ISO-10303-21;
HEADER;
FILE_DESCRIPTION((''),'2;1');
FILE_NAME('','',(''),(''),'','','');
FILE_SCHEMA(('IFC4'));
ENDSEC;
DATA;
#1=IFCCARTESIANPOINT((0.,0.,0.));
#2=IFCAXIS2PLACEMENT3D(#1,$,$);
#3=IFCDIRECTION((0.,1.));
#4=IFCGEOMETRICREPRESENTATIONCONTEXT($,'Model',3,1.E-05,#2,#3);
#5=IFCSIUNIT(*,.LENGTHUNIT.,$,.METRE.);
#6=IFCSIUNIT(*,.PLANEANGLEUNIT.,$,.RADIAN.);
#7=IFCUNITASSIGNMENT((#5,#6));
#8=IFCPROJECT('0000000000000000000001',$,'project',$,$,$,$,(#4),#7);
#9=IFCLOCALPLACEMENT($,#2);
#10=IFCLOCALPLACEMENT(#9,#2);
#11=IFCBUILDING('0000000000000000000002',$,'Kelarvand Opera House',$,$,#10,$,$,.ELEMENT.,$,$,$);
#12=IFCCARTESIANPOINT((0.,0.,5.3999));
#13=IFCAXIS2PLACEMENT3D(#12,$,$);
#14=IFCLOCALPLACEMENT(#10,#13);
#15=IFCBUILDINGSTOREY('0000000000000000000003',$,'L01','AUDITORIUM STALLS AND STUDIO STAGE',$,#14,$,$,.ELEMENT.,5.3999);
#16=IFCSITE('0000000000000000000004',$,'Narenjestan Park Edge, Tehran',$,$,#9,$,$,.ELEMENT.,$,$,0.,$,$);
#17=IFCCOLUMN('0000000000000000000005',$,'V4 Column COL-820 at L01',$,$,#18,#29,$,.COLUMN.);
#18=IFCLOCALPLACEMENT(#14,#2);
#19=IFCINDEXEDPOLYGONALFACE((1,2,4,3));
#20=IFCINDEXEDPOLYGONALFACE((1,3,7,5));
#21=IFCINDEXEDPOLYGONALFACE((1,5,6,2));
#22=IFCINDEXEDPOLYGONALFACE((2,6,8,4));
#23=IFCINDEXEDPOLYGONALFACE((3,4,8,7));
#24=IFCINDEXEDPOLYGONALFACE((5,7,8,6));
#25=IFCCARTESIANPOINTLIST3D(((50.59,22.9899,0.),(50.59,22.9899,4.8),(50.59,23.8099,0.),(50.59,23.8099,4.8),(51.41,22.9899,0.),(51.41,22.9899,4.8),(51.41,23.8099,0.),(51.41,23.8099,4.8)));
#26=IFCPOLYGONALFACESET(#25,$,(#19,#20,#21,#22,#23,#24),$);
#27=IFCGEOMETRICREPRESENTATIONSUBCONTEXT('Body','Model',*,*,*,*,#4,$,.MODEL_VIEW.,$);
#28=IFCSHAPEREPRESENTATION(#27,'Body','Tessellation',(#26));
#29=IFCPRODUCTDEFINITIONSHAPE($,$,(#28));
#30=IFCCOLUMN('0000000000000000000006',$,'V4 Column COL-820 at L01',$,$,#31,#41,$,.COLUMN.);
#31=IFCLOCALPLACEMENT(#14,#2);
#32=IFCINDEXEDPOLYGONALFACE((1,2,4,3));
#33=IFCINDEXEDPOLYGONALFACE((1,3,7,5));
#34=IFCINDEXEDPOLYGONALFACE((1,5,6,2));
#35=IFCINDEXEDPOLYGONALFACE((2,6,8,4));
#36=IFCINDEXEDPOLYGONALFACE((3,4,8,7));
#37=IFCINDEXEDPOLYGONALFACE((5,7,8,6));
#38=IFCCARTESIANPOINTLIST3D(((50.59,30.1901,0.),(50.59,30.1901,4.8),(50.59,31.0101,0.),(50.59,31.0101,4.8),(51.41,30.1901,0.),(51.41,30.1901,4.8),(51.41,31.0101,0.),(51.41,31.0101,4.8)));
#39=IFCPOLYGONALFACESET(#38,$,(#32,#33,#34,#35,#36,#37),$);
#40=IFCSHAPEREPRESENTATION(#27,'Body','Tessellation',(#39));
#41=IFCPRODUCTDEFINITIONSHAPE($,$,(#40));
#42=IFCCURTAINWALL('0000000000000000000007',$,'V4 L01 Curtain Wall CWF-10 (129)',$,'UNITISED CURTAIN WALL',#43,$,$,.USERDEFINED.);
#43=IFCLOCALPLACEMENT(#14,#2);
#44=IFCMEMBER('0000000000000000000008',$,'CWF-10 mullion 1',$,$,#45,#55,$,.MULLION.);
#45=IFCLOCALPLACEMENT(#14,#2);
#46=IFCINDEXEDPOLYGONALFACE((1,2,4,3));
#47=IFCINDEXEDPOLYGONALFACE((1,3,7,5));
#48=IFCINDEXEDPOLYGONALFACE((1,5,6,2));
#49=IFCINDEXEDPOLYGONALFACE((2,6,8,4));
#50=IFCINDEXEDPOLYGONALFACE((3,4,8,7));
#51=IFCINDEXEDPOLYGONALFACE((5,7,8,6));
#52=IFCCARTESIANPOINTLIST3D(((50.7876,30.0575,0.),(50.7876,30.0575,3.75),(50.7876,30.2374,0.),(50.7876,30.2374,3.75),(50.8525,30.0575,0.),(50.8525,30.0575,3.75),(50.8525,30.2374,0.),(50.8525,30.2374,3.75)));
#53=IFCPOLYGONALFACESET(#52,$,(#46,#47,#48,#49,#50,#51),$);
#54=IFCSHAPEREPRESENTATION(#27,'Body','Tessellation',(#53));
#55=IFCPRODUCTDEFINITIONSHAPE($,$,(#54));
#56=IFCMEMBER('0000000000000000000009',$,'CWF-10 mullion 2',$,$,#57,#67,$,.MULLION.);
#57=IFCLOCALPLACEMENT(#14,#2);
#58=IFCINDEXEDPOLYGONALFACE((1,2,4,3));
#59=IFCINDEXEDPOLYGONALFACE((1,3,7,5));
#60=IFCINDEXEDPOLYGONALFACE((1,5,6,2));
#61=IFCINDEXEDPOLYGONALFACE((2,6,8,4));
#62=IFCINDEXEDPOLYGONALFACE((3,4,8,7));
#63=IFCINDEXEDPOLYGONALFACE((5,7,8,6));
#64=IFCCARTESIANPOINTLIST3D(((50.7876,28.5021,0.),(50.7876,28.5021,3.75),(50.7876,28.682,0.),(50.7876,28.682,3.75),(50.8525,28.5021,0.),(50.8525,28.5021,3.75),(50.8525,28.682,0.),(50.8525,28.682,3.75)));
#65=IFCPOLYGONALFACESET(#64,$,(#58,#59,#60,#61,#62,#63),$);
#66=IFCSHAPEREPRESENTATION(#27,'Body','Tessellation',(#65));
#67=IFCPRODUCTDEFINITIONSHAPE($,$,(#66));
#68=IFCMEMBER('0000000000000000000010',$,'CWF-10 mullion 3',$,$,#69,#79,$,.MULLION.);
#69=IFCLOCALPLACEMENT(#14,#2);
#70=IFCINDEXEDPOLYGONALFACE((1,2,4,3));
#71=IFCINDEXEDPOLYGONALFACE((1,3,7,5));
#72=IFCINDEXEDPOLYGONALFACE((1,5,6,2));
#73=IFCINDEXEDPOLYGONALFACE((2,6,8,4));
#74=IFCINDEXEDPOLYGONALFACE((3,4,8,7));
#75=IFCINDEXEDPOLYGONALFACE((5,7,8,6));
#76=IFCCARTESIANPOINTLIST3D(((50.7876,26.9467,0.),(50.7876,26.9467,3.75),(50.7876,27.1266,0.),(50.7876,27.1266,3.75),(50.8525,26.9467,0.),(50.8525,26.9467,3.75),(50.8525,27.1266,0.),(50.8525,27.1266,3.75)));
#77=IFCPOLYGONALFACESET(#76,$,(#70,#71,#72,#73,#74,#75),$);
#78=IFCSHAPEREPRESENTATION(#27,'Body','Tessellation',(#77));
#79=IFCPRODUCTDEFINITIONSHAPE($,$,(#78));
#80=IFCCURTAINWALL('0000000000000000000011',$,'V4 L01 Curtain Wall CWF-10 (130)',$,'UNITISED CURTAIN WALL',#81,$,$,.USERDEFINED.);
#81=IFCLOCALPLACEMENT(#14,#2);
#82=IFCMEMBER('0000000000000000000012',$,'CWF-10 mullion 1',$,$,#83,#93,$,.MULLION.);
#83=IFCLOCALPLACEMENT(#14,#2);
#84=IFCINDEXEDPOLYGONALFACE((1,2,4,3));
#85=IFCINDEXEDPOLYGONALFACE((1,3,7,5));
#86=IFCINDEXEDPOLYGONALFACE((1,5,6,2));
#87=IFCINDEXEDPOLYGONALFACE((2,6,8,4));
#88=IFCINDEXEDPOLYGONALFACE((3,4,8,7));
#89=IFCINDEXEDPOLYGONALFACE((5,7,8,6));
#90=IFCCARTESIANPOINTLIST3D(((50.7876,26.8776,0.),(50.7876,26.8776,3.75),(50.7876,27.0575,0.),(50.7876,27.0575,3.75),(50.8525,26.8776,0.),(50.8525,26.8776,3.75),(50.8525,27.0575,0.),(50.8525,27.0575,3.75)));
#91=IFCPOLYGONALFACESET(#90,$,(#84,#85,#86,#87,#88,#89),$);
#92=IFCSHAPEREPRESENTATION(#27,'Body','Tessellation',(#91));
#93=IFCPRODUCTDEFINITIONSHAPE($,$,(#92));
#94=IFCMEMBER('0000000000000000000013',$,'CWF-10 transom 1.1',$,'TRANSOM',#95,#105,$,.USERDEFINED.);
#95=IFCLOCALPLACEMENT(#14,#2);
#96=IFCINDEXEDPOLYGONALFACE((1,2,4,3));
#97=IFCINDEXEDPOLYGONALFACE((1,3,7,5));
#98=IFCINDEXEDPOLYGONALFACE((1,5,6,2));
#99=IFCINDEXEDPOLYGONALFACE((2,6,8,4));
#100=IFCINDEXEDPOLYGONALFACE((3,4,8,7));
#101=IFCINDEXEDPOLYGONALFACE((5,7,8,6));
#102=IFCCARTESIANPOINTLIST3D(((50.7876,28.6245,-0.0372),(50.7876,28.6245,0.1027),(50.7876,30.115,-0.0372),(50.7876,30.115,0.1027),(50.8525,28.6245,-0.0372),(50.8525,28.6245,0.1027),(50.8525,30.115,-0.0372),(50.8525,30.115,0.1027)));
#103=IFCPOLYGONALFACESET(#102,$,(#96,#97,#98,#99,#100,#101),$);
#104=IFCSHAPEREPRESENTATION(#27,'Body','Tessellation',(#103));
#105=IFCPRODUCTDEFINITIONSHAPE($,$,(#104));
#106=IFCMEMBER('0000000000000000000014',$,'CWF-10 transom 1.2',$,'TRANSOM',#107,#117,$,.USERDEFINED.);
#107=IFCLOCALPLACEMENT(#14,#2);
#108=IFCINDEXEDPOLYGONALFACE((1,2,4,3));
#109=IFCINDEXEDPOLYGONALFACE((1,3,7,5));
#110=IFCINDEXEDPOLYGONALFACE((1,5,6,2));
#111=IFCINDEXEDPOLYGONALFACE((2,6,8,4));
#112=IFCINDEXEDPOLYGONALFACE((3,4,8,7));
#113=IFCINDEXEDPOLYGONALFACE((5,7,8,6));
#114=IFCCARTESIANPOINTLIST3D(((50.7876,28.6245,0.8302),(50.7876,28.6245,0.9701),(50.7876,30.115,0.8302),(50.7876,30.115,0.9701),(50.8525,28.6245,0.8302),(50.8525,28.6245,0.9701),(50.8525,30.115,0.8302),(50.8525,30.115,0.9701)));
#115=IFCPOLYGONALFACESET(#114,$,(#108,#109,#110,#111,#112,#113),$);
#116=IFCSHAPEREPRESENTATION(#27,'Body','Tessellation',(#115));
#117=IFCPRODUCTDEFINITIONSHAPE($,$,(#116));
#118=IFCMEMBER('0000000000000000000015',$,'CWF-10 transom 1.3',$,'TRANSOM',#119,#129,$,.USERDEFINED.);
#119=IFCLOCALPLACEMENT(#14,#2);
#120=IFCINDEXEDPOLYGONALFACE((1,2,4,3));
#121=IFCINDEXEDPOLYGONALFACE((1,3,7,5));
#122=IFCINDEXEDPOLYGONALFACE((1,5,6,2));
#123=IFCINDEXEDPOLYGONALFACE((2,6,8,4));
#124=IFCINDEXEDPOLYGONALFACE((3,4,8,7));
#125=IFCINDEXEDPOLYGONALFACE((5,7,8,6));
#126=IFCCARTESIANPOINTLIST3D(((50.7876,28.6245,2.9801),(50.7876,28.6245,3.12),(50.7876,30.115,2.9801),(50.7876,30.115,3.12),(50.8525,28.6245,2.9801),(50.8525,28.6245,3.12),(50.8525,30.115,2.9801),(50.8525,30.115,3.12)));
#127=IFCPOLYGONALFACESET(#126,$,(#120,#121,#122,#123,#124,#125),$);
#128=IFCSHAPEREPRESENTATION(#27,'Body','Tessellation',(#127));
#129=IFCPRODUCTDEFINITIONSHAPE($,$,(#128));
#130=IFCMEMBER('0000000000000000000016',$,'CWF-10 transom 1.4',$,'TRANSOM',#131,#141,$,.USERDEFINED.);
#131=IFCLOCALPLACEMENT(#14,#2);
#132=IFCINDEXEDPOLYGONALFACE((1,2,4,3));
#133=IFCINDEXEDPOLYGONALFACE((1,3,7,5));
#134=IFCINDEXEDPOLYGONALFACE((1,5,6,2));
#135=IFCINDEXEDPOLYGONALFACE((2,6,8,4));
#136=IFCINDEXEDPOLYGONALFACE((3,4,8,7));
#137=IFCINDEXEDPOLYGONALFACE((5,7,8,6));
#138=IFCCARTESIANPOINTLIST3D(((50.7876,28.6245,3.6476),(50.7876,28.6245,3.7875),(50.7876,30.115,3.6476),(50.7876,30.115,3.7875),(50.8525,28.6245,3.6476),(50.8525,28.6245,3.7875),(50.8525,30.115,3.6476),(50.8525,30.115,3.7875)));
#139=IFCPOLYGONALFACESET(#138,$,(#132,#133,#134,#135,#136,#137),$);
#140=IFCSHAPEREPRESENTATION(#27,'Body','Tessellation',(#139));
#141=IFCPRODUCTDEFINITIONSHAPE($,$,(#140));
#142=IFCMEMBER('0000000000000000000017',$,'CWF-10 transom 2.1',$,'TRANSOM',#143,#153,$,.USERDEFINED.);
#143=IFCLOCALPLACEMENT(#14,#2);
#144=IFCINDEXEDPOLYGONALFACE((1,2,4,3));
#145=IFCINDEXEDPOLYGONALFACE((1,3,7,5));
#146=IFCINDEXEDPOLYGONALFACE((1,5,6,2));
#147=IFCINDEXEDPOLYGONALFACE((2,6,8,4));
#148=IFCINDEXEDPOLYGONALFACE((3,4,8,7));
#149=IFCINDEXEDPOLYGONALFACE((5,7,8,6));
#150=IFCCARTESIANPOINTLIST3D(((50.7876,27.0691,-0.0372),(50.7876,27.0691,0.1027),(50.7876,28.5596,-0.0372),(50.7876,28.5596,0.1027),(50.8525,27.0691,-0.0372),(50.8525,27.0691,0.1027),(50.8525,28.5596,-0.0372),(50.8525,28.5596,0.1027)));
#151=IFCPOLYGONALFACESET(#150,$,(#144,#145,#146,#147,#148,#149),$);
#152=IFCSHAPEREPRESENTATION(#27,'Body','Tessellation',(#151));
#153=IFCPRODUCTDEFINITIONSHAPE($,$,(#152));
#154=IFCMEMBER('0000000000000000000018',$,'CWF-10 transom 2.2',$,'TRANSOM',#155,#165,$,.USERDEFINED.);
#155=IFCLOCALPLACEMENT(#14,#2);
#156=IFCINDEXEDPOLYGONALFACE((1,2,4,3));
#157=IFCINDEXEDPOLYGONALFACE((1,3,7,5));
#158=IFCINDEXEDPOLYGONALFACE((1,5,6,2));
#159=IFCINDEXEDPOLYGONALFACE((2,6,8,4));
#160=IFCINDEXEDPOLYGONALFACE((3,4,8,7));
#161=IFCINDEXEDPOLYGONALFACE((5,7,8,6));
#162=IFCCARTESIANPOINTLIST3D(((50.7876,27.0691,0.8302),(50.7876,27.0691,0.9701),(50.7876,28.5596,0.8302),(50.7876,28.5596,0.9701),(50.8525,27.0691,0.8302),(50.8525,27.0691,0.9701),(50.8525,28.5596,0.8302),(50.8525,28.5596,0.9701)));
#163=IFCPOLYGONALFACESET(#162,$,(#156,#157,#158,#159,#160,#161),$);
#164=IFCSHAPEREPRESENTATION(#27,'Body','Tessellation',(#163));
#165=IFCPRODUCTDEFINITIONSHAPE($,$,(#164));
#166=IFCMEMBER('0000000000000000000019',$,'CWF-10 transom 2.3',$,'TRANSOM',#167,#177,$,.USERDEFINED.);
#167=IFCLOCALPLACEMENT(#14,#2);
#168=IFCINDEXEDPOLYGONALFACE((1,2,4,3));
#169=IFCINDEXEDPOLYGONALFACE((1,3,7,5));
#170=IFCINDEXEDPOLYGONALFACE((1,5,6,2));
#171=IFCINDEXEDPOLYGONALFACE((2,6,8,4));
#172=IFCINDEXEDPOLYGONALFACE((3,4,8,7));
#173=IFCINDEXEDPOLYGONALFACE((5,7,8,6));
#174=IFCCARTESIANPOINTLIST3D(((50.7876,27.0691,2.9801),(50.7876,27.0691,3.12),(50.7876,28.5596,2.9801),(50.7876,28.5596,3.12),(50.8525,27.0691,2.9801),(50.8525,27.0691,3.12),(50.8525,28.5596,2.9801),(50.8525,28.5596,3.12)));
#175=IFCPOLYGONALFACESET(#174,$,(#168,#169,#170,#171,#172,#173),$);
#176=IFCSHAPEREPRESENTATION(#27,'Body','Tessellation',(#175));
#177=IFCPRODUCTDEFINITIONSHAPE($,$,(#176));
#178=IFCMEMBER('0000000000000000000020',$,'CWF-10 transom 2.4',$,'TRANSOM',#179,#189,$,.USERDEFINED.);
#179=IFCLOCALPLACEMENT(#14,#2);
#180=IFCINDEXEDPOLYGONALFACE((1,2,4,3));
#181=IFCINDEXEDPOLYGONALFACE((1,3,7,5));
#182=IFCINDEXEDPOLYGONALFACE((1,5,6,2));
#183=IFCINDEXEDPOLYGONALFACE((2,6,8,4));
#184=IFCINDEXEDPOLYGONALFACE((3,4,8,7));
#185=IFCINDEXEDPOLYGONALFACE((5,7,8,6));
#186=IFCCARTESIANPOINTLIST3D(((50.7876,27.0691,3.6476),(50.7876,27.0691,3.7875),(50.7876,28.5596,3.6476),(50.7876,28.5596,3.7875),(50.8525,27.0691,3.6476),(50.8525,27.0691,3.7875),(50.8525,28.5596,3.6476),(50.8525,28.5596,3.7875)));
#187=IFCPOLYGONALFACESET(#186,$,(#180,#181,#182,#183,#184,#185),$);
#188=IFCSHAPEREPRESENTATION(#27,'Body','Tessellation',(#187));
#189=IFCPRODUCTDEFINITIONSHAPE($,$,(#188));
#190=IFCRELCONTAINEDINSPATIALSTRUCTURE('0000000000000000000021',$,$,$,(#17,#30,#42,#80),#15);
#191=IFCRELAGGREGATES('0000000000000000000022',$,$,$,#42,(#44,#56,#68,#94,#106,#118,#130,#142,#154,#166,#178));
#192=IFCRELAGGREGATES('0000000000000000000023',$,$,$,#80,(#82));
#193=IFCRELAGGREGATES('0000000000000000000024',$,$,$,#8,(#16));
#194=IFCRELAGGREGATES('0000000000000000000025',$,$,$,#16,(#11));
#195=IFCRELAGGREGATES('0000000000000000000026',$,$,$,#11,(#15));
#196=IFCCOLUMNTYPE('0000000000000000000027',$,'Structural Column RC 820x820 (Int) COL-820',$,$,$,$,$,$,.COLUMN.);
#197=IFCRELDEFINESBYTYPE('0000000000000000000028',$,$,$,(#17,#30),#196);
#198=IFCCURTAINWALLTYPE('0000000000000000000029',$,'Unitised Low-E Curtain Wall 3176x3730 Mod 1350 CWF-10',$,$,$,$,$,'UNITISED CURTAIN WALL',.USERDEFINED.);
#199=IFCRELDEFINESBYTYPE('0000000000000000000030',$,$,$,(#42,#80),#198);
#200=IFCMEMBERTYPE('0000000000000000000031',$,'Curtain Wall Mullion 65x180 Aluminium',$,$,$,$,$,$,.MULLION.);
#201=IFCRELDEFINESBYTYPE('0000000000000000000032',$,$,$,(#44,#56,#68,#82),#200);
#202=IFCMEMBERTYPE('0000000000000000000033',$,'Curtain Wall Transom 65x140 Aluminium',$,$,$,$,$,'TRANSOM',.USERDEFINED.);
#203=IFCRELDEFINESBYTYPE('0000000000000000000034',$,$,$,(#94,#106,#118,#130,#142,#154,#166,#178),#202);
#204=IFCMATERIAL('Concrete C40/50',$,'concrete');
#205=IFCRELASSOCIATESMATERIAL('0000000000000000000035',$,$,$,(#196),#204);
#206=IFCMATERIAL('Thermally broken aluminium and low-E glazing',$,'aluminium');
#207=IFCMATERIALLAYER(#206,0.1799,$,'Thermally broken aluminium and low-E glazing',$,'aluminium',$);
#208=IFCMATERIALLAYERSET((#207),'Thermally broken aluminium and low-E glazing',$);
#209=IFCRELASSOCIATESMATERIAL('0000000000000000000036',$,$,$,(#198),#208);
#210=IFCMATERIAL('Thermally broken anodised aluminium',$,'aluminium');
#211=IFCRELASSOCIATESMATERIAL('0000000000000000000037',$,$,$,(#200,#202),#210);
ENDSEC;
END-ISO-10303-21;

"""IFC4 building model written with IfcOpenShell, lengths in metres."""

from ifc_helpers import new_model, si_unit, direction, frame, origin, origin_2d, place, context, subcontext, project, spatial, rectangle, extrude, material, layer, layer_set, material_profile, profile_set, type_object, element, aggregate, save


model = new_model("IFC4")

# Units and contexts
model_context = context("Model", 3, precision=1e-05, world=origin(), true_north=direction((0.0, 1.0)))
body_context = subcontext(model_context, "Body", "Model", "MODEL_VIEW")
ifc_project = project(units=[si_unit("LENGTHUNIT", "METRE"), si_unit("PLANEANGLEUNIT", "RADIAN")], contexts=[model_context])

# Site, building, storey
site_placement = place(None, origin())
site = spatial("IfcSite", under=ifc_project, at=site_placement, Name="Narenjestan Park Edge, Tehran", CompositionType="ELEMENT", RefElevation=0.0)
building_placement = place(site_placement, origin())
building = spatial("IfcBuilding", under=site, at=building_placement, Name="Kelarvand Opera House", CompositionType="ELEMENT")
storey_placement = place(building_placement, frame((0.0, 0.0, 5.3999)))
storey = spatial("IfcBuildingStorey", under=building, at=storey_placement, Name="L01", Description="AUDITORIUM STALLS AND STUDIO STAGE", CompositionType="ELEMENT", Elevation=5.3999)

# Columns
ifc_material_1 = material(Name="Concrete C40/50", Category="concrete")
ifc_material_profile_1 = material_profile(ifc_material_1, rectangle(XDim=0.8201, YDim=0.8201, at=origin_2d()), Name="RC 820x820", Category="concrete")
ifc_profile_set_1 = profile_set([ifc_material_profile_1], Name="Concrete C40/50")
column_type = type_object("IfcColumnType", Name="Structural Column RC 820x820 (Int) COL-820", PredefinedType="COLUMN", material=ifc_profile_set_1)
for number, where, z_axis, x_axis, name in (
    (1, (51.0, 23.3999, 0.0), (0.0, 0.0, 1.0), (1.0, 0.0, 0.0), "V4 Column COL-820 at L01"),
    (2, (51.0, 30.6001, 0.0), (0.0, 0.0, 1.0), (1.0, 0.0, 0.0), "V4 Column COL-820 at L01"),
):
    element("IfcColumn", number, at=place(storey_placement, frame(where, z_axis=z_axis, x_axis=x_axis)), inside=storey, type_object=column_type, Name=name, PredefinedType="COLUMN", context=body_context, shape_type="SweptSolid", body=[
        extrude(rectangle(XDim=0.8201, YDim=0.8201, at=origin_2d()), origin(), (0.0, 0.0, 1.0), 4.8),
    ])

# Curtain wall, members
ifc_material_2 = material(Name="Thermally broken aluminium and low-E glazing", Category="aluminium")
ifc_layer_1 = layer(ifc_material_2, 0.1799, Name="Thermally broken aluminium and low-E glazing", Category="aluminium")
ifc_layer_set_1 = layer_set([ifc_layer_1], Name="Thermally broken aluminium and low-E glazing")
curtain_wall_type = type_object("IfcCurtainWallType", Name="Unitised Low-E Curtain Wall 3176x3730 Mod 1350 CWF-10", ElementType="UNITISED CURTAIN WALL", PredefinedType="USERDEFINED", material=ifc_layer_set_1)
curtain_wall_1_placement = place(storey_placement, origin())
curtain_wall_1 = element("IfcCurtainWall", 3, at=curtain_wall_1_placement, inside=storey, type_object=curtain_wall_type, Name="V4 L01 Curtain Wall CWF-10 (129)", ObjectType="UNITISED CURTAIN WALL", PredefinedType="USERDEFINED")
ifc_material_3 = material(Name="Thermally broken anodised aluminium", Category="aluminium")
ifc_material_profile_2 = material_profile(ifc_material_3, rectangle(XDim=0.0649, YDim=0.1799, at=origin_2d()), Name="ALU MULLION 65x180", Category="aluminium")
ifc_profile_set_2 = profile_set([ifc_material_profile_2], Name="Thermally broken anodised aluminium")
member_type_1 = type_object("IfcMemberType", Name="Curtain Wall Mullion 65x180 Aluminium", PredefinedType="MULLION", material=ifc_profile_set_2)
member_1_placement = place(storey_placement, frame((50.8201, 30.1475, 0.0), z_axis=(0.0, 0.0, 1.0), x_axis=(1.0, 0.0, 0.0)))
member_1 = element("IfcMember", 4, at=member_1_placement, type_object=member_type_1, Name="CWF-10 mullion 1", PredefinedType="MULLION", context=body_context, shape_type="SweptSolid", body=[
    extrude(rectangle(XDim=0.0649, YDim=0.1799, at=origin_2d()), origin(), (0.0, 0.0, 1.0), 3.75),
])
member_2_placement = place(storey_placement, frame((50.8201, 28.592, 0.0), z_axis=(0.0, 0.0, 1.0), x_axis=(1.0, 0.0, 0.0)))
member_2 = element("IfcMember", 5, at=member_2_placement, type_object=member_type_1, Name="CWF-10 mullion 2", PredefinedType="MULLION", context=body_context, shape_type="SweptSolid", body=[
    extrude(rectangle(XDim=0.0649, YDim=0.1799, at=origin_2d()), origin(), (0.0, 0.0, 1.0), 3.75),
])
member_3_placement = place(storey_placement, frame((50.8201, 27.0366, 0.0), z_axis=(0.0, 0.0, 1.0), x_axis=(1.0, 0.0, 0.0)))
member_3 = element("IfcMember", 6, at=member_3_placement, type_object=member_type_1, Name="CWF-10 mullion 3", PredefinedType="MULLION", context=body_context, shape_type="SweptSolid", body=[
    extrude(rectangle(XDim=0.0649, YDim=0.1799, at=origin_2d()), origin(), (0.0, 0.0, 1.0), 3.75),
])

# Curtain wall, member
curtain_wall_2_placement = place(storey_placement, origin())
curtain_wall_2 = element("IfcCurtainWall", 7, at=curtain_wall_2_placement, inside=storey, type_object=curtain_wall_type, Name="V4 L01 Curtain Wall CWF-10 (130)", ObjectType="UNITISED CURTAIN WALL", PredefinedType="USERDEFINED")
member_4_placement = place(storey_placement, frame((50.8201, 26.9675, 0.0), z_axis=(0.0, 0.0, 1.0), x_axis=(1.0, 0.0, 0.0)))
member_4 = element("IfcMember", 8, at=member_4_placement, type_object=member_type_1, Name="CWF-10 mullion 1", PredefinedType="MULLION", context=body_context, shape_type="SweptSolid", body=[
    extrude(rectangle(XDim=0.0649, YDim=0.1799, at=origin_2d()), origin(), (0.0, 0.0, 1.0), 3.75),
])

# Members
ifc_material_profile_3 = material_profile(ifc_material_3, rectangle(XDim=0.0649, YDim=0.1399, at=origin_2d()), Name="ALU TRANSOM 65x140", Category="aluminium")
ifc_profile_set_3 = profile_set([ifc_material_profile_3], Name="Thermally broken anodised aluminium")
member_type_2 = type_object("IfcMemberType", Name="Curtain Wall Transom 65x140 Aluminium", ElementType="TRANSOM", PredefinedType="USERDEFINED", material=ifc_profile_set_3)
member_5_placement = place(storey_placement, frame((50.8201, 30.115, 0.0327), z_axis=(0.0, -1.0, 0.0), x_axis=(1.0, 0.0, 0.0)))
member_5 = element("IfcMember", 9, at=member_5_placement, type_object=member_type_2, Name="CWF-10 transom 1.1", ObjectType="TRANSOM", PredefinedType="USERDEFINED", context=body_context, shape_type="SweptSolid", body=[
    extrude(rectangle(XDim=0.0649, YDim=0.1399, at=origin_2d()), origin(), (0.0, 0.0, 1.0), 1.4905),
])
member_6_placement = place(storey_placement, frame((50.8201, 30.115, 0.9001), z_axis=(0.0, -1.0, 0.0), x_axis=(1.0, 0.0, 0.0)))
member_6 = element("IfcMember", 10, at=member_6_placement, type_object=member_type_2, Name="CWF-10 transom 1.2", ObjectType="TRANSOM", PredefinedType="USERDEFINED", context=body_context, shape_type="SweptSolid", body=[
    extrude(rectangle(XDim=0.0649, YDim=0.1399, at=origin_2d()), origin(), (0.0, 0.0, 1.0), 1.4905),
])
member_7_placement = place(storey_placement, frame((50.8201, 30.115, 3.05), z_axis=(0.0, -1.0, 0.0), x_axis=(1.0, 0.0, 0.0)))
member_7 = element("IfcMember", 11, at=member_7_placement, type_object=member_type_2, Name="CWF-10 transom 1.3", ObjectType="TRANSOM", PredefinedType="USERDEFINED", context=body_context, shape_type="SweptSolid", body=[
    extrude(rectangle(XDim=0.0649, YDim=0.1399, at=origin_2d()), origin(), (0.0, 0.0, 1.0), 1.4905),
])
member_8_placement = place(storey_placement, frame((50.8201, 30.115, 3.7175), z_axis=(0.0, -1.0, 0.0), x_axis=(1.0, 0.0, 0.0)))
member_8 = element("IfcMember", 12, at=member_8_placement, type_object=member_type_2, Name="CWF-10 transom 1.4", ObjectType="TRANSOM", PredefinedType="USERDEFINED", context=body_context, shape_type="SweptSolid", body=[
    extrude(rectangle(XDim=0.0649, YDim=0.1399, at=origin_2d()), origin(), (0.0, 0.0, 1.0), 1.4905),
])
member_9_placement = place(storey_placement, frame((50.8201, 28.5596, 0.0327), z_axis=(0.0, -1.0, 0.0), x_axis=(1.0, 0.0, 0.0)))
member_9 = element("IfcMember", 13, at=member_9_placement, type_object=member_type_2, Name="CWF-10 transom 2.1", ObjectType="TRANSOM", PredefinedType="USERDEFINED", context=body_context, shape_type="SweptSolid", body=[
    extrude(rectangle(XDim=0.0649, YDim=0.1399, at=origin_2d()), origin(), (0.0, 0.0, 1.0), 1.4905),
])
member_10_placement = place(storey_placement, frame((50.8201, 28.5596, 0.9001), z_axis=(0.0, -1.0, 0.0), x_axis=(1.0, 0.0, 0.0)))
member_10 = element("IfcMember", 14, at=member_10_placement, type_object=member_type_2, Name="CWF-10 transom 2.2", ObjectType="TRANSOM", PredefinedType="USERDEFINED", context=body_context, shape_type="SweptSolid", body=[
    extrude(rectangle(XDim=0.0649, YDim=0.1399, at=origin_2d()), origin(), (0.0, 0.0, 1.0), 1.4905),
])
member_11_placement = place(storey_placement, frame((50.8201, 28.5596, 3.05), z_axis=(0.0, -1.0, 0.0), x_axis=(1.0, 0.0, 0.0)))
member_11 = element("IfcMember", 15, at=member_11_placement, type_object=member_type_2, Name="CWF-10 transom 2.3", ObjectType="TRANSOM", PredefinedType="USERDEFINED", context=body_context, shape_type="SweptSolid", body=[
    extrude(rectangle(XDim=0.0649, YDim=0.1399, at=origin_2d()), origin(), (0.0, 0.0, 1.0), 1.4905),
])
member_12_placement = place(storey_placement, frame((50.8201, 28.5596, 3.7175), z_axis=(0.0, -1.0, 0.0), x_axis=(1.0, 0.0, 0.0)))
member_12 = element("IfcMember", 16, at=member_12_placement, type_object=member_type_2, Name="CWF-10 transom 2.4", ObjectType="TRANSOM", PredefinedType="USERDEFINED", context=body_context, shape_type="SweptSolid", body=[
    extrude(rectangle(XDim=0.0649, YDim=0.1399, at=origin_2d()), origin(), (0.0, 0.0, 1.0), 1.4905),
])

aggregate(curtain_wall_1, [member_1, member_2, member_3, member_5, member_6, member_7, member_8, member_9, member_10, member_11, member_12])
aggregate(curtain_wall_2, [member_4])

save(model, "model.ifc")
